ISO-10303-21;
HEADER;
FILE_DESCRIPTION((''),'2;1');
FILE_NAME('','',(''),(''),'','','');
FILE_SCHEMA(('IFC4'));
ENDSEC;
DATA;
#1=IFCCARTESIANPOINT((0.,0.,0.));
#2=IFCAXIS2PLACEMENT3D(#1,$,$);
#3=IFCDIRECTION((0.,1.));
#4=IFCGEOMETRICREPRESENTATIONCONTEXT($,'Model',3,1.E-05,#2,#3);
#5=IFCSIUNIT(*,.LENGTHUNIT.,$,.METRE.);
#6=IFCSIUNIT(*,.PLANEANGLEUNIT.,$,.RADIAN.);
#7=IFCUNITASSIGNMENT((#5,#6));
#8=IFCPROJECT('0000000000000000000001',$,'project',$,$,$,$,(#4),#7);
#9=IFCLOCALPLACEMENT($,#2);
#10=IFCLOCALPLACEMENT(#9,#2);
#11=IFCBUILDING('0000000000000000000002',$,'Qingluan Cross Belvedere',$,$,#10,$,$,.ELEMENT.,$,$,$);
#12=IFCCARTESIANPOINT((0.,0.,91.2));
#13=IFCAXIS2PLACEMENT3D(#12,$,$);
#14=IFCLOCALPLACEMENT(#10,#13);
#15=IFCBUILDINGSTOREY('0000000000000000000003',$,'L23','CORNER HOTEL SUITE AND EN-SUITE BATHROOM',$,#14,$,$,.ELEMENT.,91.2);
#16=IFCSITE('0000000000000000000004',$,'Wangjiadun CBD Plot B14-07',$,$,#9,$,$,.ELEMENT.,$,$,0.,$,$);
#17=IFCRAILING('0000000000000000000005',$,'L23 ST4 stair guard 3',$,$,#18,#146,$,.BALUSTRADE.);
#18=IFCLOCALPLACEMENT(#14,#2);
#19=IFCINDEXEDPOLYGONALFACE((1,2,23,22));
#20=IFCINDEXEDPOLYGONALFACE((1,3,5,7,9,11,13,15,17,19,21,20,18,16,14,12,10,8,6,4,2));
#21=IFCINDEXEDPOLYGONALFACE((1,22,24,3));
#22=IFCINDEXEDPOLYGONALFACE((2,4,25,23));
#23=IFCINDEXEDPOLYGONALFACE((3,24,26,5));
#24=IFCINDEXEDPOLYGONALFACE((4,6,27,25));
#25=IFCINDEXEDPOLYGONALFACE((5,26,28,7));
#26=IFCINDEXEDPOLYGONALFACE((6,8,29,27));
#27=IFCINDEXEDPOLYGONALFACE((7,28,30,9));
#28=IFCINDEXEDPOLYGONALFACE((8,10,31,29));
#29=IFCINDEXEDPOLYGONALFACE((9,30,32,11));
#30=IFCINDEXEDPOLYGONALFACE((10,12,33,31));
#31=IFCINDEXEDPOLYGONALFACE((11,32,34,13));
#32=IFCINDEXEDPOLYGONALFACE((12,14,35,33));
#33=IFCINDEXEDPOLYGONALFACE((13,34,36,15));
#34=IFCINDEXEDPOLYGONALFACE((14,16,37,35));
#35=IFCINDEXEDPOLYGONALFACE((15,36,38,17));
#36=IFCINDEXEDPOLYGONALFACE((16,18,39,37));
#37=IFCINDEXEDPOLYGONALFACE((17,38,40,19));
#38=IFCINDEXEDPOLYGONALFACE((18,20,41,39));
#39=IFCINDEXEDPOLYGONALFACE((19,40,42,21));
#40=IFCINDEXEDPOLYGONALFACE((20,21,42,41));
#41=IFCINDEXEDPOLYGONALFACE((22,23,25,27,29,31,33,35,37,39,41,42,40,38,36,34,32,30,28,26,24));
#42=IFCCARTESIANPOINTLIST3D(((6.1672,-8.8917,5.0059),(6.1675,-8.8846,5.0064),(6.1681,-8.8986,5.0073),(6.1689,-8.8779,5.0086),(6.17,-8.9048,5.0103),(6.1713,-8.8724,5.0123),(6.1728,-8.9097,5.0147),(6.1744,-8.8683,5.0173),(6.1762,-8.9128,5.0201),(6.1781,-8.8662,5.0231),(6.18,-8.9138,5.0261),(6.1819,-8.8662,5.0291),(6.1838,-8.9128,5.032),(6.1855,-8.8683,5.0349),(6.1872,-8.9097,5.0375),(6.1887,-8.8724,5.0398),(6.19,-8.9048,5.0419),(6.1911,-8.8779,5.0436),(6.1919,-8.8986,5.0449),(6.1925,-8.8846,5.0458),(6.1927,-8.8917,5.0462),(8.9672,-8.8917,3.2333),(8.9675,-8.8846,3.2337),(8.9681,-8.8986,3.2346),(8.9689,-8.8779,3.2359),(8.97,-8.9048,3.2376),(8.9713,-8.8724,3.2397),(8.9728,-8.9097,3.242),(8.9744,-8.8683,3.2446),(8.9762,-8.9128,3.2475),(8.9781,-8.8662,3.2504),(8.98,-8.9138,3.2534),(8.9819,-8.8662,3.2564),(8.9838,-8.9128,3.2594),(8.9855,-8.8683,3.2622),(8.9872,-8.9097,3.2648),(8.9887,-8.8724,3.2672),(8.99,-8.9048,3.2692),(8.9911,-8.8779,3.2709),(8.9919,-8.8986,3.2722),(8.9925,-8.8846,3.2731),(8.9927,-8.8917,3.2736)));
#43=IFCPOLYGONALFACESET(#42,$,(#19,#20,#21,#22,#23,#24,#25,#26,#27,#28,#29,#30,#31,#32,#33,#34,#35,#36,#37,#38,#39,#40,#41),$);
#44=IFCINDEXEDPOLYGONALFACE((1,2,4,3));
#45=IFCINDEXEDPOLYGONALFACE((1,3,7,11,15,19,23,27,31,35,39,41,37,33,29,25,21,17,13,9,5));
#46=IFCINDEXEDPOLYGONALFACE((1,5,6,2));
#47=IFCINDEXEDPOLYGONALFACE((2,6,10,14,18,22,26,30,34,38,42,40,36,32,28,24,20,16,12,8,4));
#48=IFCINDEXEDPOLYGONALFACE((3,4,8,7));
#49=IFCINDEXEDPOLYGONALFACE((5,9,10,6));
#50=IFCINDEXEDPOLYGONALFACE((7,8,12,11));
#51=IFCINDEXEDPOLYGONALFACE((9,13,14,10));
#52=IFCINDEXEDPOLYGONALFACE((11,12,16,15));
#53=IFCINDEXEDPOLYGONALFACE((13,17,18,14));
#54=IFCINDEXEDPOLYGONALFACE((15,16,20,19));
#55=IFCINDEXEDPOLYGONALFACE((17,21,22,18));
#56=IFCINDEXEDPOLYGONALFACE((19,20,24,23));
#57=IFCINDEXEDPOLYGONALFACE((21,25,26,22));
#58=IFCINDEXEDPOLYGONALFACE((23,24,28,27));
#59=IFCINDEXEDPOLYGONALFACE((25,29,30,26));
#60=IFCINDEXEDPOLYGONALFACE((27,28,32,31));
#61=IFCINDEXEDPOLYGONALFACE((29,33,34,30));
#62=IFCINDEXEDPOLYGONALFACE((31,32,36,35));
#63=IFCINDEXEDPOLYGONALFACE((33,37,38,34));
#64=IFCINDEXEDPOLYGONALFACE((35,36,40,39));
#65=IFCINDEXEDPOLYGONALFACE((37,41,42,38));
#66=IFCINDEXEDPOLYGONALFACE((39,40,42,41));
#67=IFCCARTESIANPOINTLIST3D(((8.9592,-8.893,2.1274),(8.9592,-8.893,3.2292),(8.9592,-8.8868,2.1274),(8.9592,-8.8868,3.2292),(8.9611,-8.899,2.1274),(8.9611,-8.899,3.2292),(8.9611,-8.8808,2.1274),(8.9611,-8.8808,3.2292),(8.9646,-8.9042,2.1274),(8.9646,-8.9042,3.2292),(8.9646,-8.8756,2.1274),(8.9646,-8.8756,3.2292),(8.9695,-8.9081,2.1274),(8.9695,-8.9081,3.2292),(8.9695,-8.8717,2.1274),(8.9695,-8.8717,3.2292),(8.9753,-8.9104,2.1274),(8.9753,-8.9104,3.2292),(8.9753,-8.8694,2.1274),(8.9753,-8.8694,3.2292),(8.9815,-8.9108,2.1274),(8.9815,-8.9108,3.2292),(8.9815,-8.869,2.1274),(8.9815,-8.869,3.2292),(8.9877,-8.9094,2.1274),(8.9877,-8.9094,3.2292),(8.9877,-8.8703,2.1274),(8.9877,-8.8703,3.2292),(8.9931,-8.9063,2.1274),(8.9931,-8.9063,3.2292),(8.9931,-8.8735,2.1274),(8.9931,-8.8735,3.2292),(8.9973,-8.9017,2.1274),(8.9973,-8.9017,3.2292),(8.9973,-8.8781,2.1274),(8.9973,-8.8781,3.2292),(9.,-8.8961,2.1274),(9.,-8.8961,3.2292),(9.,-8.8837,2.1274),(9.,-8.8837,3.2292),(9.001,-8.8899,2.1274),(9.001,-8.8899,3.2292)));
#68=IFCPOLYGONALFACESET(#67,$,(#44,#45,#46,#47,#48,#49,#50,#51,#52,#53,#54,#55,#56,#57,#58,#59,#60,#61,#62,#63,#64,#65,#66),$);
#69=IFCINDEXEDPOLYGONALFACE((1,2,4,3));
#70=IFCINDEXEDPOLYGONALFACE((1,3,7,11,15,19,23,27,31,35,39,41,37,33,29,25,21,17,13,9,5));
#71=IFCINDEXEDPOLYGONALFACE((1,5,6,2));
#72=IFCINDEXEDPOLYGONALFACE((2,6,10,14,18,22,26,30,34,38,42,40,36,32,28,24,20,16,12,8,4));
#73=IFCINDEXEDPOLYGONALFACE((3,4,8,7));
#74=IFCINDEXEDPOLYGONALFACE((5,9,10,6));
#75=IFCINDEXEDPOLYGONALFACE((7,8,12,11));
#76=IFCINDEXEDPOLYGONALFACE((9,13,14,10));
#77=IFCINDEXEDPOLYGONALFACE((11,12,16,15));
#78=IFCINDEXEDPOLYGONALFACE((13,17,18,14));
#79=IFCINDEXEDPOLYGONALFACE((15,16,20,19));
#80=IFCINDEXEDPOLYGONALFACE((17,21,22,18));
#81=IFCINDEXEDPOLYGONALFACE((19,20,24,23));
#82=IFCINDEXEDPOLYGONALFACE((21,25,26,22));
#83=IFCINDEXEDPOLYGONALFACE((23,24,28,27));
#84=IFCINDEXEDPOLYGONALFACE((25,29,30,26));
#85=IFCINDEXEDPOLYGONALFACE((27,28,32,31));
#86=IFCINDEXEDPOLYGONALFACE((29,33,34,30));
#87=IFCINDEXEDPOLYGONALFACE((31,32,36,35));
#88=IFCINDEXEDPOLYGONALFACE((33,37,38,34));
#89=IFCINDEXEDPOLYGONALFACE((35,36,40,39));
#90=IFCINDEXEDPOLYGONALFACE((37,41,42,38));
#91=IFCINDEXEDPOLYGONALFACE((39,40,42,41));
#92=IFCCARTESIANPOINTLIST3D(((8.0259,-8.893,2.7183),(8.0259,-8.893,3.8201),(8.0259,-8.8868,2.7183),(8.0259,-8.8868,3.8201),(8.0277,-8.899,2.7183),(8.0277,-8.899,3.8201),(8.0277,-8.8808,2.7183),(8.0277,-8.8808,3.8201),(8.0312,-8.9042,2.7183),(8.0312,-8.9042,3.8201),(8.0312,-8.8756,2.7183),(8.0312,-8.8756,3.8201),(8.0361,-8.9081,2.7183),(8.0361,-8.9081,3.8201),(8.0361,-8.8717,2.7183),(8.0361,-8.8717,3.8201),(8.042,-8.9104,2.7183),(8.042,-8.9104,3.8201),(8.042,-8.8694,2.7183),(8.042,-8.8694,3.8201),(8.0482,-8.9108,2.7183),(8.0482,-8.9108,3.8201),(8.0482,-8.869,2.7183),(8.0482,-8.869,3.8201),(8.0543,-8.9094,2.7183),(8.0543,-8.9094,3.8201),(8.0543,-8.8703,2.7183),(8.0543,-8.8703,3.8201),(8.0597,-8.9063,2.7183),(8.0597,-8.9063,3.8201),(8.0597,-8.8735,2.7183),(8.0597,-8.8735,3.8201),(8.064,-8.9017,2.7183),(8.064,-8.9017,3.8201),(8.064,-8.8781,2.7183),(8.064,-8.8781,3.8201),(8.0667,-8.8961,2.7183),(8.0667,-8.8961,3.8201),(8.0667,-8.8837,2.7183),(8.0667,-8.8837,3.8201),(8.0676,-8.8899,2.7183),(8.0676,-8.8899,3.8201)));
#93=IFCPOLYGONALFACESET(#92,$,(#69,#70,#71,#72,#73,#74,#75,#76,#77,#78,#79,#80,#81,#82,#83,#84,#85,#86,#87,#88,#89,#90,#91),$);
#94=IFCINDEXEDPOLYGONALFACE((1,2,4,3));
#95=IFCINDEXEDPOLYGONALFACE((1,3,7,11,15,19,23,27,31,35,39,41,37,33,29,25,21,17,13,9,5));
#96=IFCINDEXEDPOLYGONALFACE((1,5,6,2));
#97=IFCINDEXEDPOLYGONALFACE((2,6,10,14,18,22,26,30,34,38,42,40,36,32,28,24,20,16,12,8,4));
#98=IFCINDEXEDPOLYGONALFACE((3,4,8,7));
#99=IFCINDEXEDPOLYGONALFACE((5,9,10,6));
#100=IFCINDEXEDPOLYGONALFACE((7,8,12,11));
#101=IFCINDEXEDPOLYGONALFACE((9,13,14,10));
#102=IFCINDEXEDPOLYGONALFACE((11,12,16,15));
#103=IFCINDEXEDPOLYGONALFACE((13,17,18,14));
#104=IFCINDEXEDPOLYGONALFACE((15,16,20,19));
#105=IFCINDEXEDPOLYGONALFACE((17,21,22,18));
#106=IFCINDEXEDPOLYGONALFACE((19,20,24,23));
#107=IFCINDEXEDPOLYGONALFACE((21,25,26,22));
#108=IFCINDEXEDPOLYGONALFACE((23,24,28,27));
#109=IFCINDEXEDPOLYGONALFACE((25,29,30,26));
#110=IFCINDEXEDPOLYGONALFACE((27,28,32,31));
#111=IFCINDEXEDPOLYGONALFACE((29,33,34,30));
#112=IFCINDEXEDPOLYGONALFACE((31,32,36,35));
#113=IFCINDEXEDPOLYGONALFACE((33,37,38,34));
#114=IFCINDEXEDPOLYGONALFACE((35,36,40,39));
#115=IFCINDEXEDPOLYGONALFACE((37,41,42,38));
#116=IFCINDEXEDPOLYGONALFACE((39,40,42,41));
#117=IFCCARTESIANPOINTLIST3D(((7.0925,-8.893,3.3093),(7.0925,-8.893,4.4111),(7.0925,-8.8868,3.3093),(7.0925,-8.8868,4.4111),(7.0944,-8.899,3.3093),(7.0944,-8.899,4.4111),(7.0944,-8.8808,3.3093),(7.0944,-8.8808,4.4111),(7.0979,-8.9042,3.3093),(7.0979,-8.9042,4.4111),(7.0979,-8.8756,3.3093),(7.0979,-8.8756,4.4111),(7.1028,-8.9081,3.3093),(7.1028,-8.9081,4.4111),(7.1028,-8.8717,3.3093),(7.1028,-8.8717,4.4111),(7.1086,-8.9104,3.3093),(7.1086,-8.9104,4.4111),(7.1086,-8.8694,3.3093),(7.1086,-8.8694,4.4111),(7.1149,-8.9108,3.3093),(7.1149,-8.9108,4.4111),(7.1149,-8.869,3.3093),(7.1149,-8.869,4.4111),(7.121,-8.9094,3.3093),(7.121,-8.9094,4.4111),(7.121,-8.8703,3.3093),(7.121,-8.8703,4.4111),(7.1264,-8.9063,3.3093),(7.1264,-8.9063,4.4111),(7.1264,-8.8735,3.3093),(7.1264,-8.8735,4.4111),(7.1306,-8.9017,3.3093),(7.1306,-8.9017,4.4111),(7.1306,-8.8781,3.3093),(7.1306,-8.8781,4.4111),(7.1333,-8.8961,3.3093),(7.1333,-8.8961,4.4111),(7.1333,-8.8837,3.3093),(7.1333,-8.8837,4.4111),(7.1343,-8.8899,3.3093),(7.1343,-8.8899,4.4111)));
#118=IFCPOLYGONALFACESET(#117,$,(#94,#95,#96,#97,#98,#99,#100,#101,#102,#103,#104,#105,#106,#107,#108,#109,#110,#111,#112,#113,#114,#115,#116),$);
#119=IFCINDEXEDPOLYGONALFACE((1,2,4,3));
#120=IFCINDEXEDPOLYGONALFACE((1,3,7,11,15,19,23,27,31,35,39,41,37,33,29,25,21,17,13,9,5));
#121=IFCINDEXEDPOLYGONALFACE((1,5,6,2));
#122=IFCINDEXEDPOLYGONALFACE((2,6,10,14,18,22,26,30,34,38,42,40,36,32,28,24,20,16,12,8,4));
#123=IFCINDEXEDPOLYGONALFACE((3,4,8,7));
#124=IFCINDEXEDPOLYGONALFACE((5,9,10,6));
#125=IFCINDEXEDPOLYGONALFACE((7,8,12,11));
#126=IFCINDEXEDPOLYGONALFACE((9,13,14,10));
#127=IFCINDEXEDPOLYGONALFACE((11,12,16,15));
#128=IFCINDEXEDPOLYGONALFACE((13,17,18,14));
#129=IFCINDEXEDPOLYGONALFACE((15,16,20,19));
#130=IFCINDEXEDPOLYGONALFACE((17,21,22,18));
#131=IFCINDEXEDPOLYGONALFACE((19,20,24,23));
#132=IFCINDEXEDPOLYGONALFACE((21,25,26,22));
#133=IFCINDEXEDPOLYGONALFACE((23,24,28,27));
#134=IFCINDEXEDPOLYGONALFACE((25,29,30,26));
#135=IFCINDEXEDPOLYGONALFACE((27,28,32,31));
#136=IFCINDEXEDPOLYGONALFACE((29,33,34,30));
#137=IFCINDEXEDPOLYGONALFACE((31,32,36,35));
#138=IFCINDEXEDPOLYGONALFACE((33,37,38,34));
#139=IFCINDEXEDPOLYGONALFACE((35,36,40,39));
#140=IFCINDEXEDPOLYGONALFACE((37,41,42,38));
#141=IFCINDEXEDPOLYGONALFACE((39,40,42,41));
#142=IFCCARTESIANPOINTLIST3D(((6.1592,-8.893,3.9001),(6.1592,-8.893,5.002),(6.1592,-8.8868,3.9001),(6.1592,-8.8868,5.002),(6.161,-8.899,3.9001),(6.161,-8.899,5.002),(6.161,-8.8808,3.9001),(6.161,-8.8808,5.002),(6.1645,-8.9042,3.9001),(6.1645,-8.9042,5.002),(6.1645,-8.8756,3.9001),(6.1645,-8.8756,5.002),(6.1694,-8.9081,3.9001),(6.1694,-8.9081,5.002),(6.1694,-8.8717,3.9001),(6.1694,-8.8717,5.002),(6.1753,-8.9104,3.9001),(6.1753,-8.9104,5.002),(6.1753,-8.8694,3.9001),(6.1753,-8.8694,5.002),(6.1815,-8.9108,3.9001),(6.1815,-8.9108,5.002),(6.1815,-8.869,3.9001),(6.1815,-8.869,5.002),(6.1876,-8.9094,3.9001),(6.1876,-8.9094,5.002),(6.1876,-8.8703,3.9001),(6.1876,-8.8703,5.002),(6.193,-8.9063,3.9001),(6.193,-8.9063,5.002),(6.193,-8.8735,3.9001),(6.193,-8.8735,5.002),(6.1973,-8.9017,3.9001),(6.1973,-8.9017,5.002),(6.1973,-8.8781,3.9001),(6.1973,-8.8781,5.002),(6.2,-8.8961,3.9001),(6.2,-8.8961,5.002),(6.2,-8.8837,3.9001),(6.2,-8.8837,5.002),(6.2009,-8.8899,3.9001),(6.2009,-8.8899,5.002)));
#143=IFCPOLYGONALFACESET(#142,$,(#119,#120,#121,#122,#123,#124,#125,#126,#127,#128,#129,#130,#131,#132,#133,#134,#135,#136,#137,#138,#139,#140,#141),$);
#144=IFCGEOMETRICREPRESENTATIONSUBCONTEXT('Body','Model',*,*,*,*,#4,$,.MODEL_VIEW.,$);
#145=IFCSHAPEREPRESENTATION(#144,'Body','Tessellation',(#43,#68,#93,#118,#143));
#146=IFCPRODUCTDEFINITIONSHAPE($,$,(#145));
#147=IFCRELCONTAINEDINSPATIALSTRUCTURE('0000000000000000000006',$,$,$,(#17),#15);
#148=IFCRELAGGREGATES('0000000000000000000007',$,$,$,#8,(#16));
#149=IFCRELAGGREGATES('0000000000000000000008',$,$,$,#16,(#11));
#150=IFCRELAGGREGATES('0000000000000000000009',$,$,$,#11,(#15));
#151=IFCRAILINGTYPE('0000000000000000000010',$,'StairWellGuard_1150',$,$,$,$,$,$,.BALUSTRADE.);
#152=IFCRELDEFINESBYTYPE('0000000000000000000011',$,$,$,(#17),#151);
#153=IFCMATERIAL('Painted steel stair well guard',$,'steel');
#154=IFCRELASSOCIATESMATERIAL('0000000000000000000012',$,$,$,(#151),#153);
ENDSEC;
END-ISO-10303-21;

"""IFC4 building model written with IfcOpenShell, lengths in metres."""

from ifc_helpers import new_model, si_unit, direction, frame, origin, origin_2d, place, context, subcontext, project, spatial, circle, extrude, material, type_object, element, save


model = new_model("IFC4")

# Units and contexts
model_context = context("Model", 3, precision=1e-05, world=origin(), true_north=direction((0.0, 1.0)))
body_context = subcontext(model_context, "Body", "Model", "MODEL_VIEW")
ifc_project = project(units=[si_unit("LENGTHUNIT", "METRE"), si_unit("PLANEANGLEUNIT", "RADIAN")], contexts=[model_context])

# Site, building, storey
site_placement = place(None, origin())
site = spatial("IfcSite", under=ifc_project, at=site_placement, Name="Wangjiadun CBD Plot B14-07", CompositionType="ELEMENT", RefElevation=0.0)
building_placement = place(site_placement, origin())
building = spatial("IfcBuilding", under=site, at=building_placement, Name="Qingluan Cross Belvedere", CompositionType="ELEMENT")
storey_placement = place(building_placement, frame((0.0, 0.0, 91.2)))
storey = spatial("IfcBuildingStorey", under=building, at=storey_placement, Name="L23", Description="CORNER HOTEL SUITE AND EN-SUITE BATHROOM", CompositionType="ELEMENT", Elevation=91.2)

# Railing
ifc_material_1 = material(Name="Painted steel stair well guard", Category="steel")
railing_type_1 = type_object("IfcRailingType", Name="StairWellGuard_1150", PredefinedType="BALUSTRADE", material=ifc_material_1)
railing_1_placement = place(storey_placement, frame((8.98, -8.8899, 2.1274)))
element("IfcRailing", 1, at=railing_1_placement, inside=storey, type_object=railing_type_1, Name="L23 ST4 stair guard 3", PredefinedType="BALUSTRADE", context=body_context, shape_type="SweptSolid", body=[
    extrude(circle(Radius=0.0239, at=origin_2d()), frame((0.0, 0.0, 1.126), z_axis=(-0.844909, 0.0, 0.53491), x_axis=(0.0, -1.0, 0.0)), (0.0, 0.0, 1.0), 3.314),
    extrude(circle(Radius=0.021, at=origin_2d()), origin(), (0.0, 0.0, 1.0), 1.1018),
    extrude(circle(Radius=0.021, at=origin_2d()), frame((-0.9333, 0.0, 0.5908)), (0.0, 0.0, 1.0), 1.1018),
    extrude(circle(Radius=0.021, at=origin_2d()), frame((-1.8667, 0.0, 1.1819)), (0.0, 0.0, 1.0), 1.1018),
    extrude(circle(Radius=0.021, at=origin_2d()), frame((-2.8, 0.0, 1.7727)), (0.0, 0.0, 1.0), 1.1018),
])

save(model, "model.ifc")
